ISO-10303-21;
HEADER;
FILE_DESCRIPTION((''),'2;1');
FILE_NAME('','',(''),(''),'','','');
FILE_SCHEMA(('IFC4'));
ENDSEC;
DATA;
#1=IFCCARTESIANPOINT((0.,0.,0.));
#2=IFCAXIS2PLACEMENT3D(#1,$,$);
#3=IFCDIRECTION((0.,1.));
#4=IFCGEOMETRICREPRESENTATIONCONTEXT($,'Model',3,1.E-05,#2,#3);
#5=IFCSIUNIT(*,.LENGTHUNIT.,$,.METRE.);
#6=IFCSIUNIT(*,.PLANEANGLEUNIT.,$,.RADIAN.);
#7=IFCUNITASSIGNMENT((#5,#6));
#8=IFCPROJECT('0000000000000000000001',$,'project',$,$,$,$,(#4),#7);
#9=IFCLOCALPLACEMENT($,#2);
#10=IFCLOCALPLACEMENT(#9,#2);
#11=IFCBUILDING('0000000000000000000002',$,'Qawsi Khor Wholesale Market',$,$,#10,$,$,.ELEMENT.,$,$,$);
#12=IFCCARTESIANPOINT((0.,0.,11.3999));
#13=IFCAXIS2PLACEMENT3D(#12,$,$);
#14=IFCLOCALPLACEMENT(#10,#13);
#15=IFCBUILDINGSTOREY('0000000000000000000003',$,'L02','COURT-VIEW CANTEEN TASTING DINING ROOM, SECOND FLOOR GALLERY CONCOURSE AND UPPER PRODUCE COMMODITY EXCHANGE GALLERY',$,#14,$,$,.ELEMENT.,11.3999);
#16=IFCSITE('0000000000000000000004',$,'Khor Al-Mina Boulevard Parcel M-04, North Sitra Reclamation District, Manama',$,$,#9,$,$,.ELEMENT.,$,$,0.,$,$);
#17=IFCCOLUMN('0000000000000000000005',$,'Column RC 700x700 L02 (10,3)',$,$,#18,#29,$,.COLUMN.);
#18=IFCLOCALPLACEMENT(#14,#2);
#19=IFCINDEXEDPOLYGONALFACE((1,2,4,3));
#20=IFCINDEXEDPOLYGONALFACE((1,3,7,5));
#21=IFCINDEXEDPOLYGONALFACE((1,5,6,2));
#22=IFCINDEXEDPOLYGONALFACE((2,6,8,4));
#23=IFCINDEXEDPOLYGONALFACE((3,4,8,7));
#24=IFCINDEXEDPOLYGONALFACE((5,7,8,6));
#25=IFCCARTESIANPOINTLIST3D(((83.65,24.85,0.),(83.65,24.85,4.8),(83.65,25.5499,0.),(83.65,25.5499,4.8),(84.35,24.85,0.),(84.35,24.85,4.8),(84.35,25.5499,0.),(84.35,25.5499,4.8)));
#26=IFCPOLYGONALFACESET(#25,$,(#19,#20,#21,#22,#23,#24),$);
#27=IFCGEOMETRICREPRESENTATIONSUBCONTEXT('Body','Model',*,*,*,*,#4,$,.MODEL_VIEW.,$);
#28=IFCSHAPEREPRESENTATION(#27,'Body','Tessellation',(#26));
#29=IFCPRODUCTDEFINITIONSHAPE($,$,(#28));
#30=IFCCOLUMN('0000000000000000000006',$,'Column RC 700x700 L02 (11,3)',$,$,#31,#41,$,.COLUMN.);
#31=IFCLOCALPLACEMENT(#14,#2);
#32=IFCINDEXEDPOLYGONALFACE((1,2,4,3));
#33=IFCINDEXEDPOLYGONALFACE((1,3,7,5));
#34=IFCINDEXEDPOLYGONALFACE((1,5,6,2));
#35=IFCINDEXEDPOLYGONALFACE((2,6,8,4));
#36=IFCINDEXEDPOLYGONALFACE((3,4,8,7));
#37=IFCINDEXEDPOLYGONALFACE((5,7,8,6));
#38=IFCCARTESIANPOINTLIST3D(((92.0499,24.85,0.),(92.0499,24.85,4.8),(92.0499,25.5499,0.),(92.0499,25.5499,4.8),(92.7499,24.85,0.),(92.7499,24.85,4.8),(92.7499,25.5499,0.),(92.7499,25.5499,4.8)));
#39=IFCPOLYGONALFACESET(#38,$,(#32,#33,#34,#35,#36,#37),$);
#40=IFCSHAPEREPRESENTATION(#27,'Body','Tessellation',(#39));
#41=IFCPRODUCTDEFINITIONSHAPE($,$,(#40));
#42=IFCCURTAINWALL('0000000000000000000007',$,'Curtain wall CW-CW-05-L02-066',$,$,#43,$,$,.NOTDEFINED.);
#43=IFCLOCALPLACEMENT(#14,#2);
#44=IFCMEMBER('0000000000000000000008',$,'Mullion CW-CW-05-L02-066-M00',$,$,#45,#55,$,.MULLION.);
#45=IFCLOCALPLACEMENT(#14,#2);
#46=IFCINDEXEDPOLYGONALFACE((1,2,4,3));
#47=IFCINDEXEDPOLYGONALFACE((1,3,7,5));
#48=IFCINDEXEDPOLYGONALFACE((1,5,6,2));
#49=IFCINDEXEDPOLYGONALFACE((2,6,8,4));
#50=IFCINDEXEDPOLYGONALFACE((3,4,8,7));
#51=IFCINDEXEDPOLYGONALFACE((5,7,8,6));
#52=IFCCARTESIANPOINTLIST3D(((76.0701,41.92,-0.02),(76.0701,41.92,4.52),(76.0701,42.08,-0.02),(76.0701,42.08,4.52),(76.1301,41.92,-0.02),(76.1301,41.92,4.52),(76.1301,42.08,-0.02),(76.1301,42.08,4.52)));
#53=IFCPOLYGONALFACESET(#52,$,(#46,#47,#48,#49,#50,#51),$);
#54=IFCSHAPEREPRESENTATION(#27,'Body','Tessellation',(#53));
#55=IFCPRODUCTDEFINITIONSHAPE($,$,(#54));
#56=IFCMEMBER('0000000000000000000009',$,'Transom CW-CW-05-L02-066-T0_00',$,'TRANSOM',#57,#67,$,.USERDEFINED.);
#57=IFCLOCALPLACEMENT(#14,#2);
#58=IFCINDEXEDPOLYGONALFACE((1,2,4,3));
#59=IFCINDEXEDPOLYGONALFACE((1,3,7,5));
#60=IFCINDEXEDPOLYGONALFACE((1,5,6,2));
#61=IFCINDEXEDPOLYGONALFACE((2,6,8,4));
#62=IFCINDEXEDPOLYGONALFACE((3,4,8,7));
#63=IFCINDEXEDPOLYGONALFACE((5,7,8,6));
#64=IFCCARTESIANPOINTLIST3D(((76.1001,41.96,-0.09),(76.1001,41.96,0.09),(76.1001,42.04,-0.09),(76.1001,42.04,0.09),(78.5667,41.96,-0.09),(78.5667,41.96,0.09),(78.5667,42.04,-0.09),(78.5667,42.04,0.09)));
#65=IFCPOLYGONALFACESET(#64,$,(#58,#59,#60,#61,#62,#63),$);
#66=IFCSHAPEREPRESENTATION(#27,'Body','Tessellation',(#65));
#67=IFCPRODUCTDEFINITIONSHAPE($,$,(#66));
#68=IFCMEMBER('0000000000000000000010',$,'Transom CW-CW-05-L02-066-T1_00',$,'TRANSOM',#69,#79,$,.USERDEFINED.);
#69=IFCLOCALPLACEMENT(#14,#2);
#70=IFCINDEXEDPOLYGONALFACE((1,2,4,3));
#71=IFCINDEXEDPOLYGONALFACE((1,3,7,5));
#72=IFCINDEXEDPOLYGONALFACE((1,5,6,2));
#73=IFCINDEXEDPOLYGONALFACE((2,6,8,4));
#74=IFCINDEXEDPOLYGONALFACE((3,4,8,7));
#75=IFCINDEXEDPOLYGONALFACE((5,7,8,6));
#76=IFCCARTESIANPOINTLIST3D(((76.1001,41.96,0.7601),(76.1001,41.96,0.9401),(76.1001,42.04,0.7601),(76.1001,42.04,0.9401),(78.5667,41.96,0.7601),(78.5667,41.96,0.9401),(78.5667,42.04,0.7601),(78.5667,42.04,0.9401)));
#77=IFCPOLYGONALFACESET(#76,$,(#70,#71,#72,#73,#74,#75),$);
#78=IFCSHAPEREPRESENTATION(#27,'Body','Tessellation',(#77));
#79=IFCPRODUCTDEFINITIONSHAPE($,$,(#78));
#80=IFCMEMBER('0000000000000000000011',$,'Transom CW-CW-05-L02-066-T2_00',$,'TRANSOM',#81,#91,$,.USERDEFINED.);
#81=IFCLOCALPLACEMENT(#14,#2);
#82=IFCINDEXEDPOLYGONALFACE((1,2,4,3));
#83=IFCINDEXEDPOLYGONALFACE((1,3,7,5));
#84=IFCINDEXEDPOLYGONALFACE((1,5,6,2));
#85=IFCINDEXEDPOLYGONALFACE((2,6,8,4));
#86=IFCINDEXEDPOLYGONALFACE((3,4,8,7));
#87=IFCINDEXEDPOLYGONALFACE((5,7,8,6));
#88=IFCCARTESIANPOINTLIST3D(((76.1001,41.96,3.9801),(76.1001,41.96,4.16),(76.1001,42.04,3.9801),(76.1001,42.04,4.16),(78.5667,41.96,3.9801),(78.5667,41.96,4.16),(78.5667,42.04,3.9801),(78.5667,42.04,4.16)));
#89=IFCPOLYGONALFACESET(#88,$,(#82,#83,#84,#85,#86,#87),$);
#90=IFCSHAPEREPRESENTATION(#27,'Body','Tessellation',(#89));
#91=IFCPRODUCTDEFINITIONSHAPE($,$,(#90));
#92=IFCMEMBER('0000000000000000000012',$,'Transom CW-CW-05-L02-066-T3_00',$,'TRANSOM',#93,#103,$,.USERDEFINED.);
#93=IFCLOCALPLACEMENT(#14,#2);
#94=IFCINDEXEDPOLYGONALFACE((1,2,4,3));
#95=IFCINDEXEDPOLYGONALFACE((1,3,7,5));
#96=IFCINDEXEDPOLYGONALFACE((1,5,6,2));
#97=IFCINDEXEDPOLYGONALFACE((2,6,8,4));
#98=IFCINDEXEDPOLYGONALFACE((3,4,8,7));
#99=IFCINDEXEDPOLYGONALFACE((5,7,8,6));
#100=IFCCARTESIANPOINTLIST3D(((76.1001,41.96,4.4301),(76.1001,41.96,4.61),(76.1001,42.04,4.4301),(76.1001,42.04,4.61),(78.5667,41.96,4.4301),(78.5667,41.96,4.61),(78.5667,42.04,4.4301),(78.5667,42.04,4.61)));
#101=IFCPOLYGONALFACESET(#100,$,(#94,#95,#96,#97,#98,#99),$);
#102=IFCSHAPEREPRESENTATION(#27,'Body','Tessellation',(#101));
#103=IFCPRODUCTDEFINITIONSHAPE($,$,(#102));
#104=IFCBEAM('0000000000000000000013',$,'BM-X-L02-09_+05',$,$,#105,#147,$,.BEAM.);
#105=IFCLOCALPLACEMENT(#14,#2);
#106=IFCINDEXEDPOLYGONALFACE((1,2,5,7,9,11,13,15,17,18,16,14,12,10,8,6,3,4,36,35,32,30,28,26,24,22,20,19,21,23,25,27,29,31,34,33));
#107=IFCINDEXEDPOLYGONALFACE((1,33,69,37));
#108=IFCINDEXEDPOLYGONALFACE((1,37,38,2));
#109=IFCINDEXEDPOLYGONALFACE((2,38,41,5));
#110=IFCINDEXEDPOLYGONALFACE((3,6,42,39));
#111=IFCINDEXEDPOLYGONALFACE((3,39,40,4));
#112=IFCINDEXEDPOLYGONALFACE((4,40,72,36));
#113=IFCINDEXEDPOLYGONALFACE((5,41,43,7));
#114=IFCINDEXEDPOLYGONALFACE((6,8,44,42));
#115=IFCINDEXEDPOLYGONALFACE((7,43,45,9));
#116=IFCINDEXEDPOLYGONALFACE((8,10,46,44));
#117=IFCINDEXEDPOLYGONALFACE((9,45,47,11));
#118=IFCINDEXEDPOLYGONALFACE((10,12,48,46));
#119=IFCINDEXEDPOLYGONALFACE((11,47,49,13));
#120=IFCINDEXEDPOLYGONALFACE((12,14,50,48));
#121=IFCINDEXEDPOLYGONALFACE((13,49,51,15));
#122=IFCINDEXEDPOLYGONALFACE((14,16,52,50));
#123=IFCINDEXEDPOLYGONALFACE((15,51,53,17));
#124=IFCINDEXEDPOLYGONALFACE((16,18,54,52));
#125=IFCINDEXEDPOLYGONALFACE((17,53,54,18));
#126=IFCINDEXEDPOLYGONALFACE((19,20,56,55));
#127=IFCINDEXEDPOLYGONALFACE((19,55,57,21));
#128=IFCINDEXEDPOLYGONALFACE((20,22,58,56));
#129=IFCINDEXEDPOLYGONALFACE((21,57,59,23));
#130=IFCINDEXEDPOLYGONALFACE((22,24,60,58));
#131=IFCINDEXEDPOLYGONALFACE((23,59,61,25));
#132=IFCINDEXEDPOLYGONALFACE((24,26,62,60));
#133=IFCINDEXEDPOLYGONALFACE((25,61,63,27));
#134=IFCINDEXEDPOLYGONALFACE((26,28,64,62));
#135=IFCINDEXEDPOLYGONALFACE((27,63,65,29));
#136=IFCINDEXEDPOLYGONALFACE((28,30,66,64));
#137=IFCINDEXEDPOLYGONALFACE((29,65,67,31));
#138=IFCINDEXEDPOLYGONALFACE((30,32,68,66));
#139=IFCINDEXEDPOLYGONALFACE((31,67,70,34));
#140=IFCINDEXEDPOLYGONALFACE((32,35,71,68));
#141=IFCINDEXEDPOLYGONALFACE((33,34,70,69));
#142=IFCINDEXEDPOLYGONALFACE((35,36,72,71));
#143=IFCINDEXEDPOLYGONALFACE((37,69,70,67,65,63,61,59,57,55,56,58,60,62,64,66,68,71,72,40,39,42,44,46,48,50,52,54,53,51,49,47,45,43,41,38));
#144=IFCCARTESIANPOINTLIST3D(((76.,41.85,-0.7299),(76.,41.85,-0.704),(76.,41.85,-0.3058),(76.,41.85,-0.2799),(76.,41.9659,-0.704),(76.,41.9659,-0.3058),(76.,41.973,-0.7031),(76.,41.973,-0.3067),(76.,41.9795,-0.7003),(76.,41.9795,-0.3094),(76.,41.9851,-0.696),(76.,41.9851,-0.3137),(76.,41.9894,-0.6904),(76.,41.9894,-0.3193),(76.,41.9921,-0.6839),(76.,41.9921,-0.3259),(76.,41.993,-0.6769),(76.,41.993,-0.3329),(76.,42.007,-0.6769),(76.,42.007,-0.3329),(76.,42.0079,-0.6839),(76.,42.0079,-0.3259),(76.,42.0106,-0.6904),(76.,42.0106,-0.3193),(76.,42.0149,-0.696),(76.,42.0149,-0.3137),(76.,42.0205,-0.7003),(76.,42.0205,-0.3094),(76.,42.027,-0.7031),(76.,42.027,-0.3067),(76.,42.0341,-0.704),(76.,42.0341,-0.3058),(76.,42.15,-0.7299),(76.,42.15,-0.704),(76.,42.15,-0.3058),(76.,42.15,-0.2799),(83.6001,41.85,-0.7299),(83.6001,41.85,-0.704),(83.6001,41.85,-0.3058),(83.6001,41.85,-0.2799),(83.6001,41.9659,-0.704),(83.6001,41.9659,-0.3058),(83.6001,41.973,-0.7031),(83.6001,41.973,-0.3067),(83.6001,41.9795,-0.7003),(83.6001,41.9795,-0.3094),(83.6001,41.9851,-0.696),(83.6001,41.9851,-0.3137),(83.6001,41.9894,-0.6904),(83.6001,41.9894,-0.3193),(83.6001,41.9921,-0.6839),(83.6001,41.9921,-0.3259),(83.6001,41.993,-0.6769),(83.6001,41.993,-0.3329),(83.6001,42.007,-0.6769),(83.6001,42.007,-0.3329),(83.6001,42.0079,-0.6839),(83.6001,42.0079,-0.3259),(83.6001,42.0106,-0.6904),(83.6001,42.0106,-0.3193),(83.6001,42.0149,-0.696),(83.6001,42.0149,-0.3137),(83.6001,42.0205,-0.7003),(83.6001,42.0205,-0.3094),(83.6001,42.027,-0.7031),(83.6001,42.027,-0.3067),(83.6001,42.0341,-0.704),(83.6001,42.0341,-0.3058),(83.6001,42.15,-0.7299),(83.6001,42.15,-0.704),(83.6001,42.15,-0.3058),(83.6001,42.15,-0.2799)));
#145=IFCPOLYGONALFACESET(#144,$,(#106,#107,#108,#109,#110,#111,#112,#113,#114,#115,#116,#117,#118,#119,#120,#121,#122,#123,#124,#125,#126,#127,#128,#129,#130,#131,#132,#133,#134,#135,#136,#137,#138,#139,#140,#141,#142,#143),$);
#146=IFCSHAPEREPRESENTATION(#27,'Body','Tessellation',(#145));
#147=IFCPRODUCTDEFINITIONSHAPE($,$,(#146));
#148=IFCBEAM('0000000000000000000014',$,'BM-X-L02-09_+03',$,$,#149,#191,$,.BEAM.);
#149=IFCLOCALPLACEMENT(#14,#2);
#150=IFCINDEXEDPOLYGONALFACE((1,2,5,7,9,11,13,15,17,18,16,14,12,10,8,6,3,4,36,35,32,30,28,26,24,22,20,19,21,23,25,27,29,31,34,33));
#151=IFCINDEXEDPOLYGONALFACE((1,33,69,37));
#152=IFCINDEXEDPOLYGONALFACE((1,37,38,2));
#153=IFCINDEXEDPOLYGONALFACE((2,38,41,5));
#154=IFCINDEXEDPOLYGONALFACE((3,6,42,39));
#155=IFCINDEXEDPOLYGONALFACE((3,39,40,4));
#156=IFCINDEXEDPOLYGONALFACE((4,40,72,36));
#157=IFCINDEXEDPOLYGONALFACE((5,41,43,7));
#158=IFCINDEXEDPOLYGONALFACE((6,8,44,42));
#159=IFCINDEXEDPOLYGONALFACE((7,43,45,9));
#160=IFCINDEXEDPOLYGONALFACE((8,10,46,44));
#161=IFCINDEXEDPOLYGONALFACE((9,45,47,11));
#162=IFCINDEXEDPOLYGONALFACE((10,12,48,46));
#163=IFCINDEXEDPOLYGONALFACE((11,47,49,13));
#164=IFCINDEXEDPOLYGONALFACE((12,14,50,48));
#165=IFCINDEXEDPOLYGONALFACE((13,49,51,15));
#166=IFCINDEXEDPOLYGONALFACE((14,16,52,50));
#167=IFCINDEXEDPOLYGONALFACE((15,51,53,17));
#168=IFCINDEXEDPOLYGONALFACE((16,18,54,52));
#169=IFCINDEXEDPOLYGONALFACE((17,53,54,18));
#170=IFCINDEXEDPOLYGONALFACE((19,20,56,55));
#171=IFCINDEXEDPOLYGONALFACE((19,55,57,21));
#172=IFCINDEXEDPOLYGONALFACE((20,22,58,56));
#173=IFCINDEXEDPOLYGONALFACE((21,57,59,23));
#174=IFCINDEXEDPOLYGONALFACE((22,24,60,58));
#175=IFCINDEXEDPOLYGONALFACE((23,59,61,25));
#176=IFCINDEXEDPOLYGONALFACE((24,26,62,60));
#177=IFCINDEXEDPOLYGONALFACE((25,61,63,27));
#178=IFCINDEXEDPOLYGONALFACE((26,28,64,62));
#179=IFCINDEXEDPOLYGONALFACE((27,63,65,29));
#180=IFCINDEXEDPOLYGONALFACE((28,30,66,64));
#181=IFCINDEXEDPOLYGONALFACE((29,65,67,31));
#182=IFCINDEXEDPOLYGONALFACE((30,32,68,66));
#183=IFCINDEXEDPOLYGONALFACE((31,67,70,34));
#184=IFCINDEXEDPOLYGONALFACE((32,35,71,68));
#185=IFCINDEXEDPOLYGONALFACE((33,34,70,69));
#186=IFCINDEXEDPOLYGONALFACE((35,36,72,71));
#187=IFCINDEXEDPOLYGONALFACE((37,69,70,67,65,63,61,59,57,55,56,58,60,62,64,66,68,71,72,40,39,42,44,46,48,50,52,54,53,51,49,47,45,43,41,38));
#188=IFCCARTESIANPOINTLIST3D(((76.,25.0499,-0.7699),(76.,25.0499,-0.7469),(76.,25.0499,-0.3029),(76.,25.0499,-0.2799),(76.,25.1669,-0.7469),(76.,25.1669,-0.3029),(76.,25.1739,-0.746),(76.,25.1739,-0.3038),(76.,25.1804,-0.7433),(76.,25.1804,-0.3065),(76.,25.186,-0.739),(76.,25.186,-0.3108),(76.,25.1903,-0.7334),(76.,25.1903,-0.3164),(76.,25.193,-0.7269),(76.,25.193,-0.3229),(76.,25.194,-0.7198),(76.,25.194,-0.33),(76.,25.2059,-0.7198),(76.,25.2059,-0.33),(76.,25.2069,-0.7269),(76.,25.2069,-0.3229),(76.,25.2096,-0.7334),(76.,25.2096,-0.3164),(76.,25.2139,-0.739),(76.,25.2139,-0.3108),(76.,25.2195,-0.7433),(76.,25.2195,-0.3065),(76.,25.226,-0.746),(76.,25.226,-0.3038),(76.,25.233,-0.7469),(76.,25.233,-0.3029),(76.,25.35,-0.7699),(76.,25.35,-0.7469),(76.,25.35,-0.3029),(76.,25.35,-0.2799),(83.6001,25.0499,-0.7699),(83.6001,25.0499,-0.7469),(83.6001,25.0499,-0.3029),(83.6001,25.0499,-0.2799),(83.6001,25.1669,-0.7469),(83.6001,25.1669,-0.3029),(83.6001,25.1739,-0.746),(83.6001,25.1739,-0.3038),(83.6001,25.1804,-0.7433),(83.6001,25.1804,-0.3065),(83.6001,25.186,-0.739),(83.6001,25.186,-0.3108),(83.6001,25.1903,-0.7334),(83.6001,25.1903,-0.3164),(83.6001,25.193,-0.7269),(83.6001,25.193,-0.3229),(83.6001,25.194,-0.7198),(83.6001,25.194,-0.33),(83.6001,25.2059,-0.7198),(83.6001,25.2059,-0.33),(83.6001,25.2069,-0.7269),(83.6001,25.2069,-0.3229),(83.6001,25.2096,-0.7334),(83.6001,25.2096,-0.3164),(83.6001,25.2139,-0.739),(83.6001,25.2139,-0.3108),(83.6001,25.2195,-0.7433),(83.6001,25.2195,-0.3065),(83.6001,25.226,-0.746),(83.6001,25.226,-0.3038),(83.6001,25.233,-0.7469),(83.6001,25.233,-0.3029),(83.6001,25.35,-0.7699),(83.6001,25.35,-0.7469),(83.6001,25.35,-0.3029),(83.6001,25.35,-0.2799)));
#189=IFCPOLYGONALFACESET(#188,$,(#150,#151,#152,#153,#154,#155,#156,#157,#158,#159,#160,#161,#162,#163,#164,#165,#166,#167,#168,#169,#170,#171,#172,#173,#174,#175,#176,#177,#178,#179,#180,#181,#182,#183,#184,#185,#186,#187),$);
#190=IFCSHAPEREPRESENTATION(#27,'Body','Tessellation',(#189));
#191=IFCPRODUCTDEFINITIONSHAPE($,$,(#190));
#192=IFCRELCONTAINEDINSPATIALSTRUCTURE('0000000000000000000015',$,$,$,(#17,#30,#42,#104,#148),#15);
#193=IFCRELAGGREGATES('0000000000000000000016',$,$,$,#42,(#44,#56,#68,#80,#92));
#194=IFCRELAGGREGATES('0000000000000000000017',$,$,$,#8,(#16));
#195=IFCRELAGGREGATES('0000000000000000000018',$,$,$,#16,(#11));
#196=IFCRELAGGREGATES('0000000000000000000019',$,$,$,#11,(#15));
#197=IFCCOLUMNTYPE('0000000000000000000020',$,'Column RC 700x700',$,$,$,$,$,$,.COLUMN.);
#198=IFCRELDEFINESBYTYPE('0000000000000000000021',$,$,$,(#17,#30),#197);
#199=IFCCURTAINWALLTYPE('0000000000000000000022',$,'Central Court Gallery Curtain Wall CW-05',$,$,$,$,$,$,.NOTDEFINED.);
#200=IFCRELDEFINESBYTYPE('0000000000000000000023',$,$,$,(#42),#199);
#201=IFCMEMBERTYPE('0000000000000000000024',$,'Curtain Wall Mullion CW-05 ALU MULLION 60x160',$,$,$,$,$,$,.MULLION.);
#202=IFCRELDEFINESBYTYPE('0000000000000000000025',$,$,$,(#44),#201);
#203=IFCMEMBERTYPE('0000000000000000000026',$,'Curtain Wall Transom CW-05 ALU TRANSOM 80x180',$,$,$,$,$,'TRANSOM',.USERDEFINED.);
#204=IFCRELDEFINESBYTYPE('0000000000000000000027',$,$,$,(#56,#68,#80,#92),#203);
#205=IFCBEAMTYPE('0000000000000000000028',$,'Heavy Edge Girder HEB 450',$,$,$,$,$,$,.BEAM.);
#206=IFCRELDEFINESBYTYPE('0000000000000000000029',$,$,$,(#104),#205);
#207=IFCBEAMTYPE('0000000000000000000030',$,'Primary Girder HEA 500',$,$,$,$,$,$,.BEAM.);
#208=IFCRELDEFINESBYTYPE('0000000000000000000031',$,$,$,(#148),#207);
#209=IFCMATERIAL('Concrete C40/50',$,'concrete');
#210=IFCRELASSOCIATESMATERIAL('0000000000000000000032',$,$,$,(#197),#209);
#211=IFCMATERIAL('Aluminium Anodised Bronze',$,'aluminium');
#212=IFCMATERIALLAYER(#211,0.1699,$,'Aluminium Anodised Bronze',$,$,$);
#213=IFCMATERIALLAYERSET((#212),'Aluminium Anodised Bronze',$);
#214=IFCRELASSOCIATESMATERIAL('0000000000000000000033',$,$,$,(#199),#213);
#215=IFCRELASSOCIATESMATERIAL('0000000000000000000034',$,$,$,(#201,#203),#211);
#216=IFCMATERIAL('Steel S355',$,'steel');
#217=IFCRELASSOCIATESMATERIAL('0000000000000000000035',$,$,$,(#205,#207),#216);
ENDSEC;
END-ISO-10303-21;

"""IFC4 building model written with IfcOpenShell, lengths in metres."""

from ifc_helpers import new_model, si_unit, direction, frame, origin, origin_2d, place, context, subcontext, project, spatial, rectangle, i_section, extrude, material, layer, layer_set, material_profile, profile_set, type_object, element, aggregate, save


model = new_model("IFC4")

# Units and contexts
model_context = context("Model", 3, precision=1e-05, world=origin(), true_north=direction((0.0, 1.0)))
body_context = subcontext(model_context, "Body", "Model", "MODEL_VIEW")
ifc_project = project(units=[si_unit("LENGTHUNIT", "METRE"), si_unit("PLANEANGLEUNIT", "RADIAN")], contexts=[model_context])

# Site, building, storey
site_placement = place(None, origin())
site = spatial("IfcSite", under=ifc_project, at=site_placement, Name="Khor Al-Mina Boulevard Parcel M-04, North Sitra Reclamation District, Manama", CompositionType="ELEMENT", RefElevation=0.0)
building_placement = place(site_placement, origin())
building = spatial("IfcBuilding", under=site, at=building_placement, Name="Qawsi Khor Wholesale Market", CompositionType="ELEMENT")
storey_placement = place(building_placement, frame((0.0, 0.0, 11.3999)))
storey = spatial("IfcBuildingStorey", under=building, at=storey_placement, Name="L02", Description="COURT-VIEW CANTEEN TASTING DINING ROOM, SECOND FLOOR GALLERY CONCOURSE AND UPPER PRODUCE COMMODITY EXCHANGE GALLERY", CompositionType="ELEMENT", Elevation=11.3999)

# Columns
ifc_material_1 = material(Name="Concrete C40/50", Category="concrete")
ifc_material_profile_1 = material_profile(ifc_material_1, rectangle(XDim=0.7, YDim=0.7, at=origin_2d()), Name="RC 700x700")
ifc_profile_set_1 = profile_set([ifc_material_profile_1], Name="Concrete C40/50")
column_type = type_object("IfcColumnType", Name="Column RC 700x700", PredefinedType="COLUMN", material=ifc_profile_set_1)
for number, where, z_axis, x_axis, name in (
    (1, (84.0, 25.2, 0.0), (0.0, 0.0, 1.0), (1.0, 0.0, 0.0), "Column RC 700x700 L02 (10,3)"),
    (2, (92.3999, 25.2, 0.0), (0.0, 0.0, 1.0), (1.0, 0.0, 0.0), "Column RC 700x700 L02 (11,3)"),
):
    element("IfcColumn", number, at=place(storey_placement, frame(where, z_axis=z_axis, x_axis=x_axis)), inside=storey, type_object=column_type, Name=name, PredefinedType="COLUMN", context=body_context, shape_type="SweptSolid", body=[
        extrude(rectangle(XDim=0.7, YDim=0.7, at=origin_2d()), origin(), (0.0, 0.0, 1.0), 4.8),
    ])

# Curtain wall, members
ifc_material_2 = material(Name="Aluminium Anodised Bronze", Category="aluminium")
ifc_layer_1 = layer(ifc_material_2, 0.1699, Name="Aluminium Anodised Bronze")
ifc_layer_set_1 = layer_set([ifc_layer_1], Name="Aluminium Anodised Bronze")
curtain_wall_type = type_object("IfcCurtainWallType", Name="Central Court Gallery Curtain Wall CW-05", PredefinedType="NOTDEFINED", material=ifc_layer_set_1)
curtain_wall_placement = place(storey_placement, origin())
curtain_wall = element("IfcCurtainWall", 3, at=curtain_wall_placement, inside=storey, type_object=curtain_wall_type, Name="Curtain wall CW-CW-05-L02-066", PredefinedType="NOTDEFINED")
ifc_material_profile_2 = material_profile(ifc_material_2, rectangle(XDim=0.0601, YDim=0.1599, at=origin_2d()), Name="ALU MULLION 60x160")
ifc_profile_set_2 = profile_set([ifc_material_profile_2], Name="Aluminium Anodised Bronze")
member_type_1 = type_object("IfcMemberType", Name="Curtain Wall Mullion CW-05 ALU MULLION 60x160", PredefinedType="MULLION", material=ifc_profile_set_2)
member_1_placement = place(storey_placement, frame((76.1001, 42.0, -0.02), z_axis=(0.0, 0.0, 1.0), x_axis=(1.0, 0.0, 0.0)))
member_1 = element("IfcMember", 4, at=member_1_placement, type_object=member_type_1, Name="Mullion CW-CW-05-L02-066-M00", PredefinedType="MULLION", context=body_context, shape_type="SweptSolid", body=[
    extrude(rectangle(XDim=0.0601, YDim=0.1599, at=origin_2d()), origin(), (0.0, 0.0, 1.0), 4.54),
])
ifc_material_profile_3 = material_profile(ifc_material_2, rectangle(XDim=0.0801, YDim=0.1799, at=origin_2d()), Name="ALU TRANSOM 80x180")
ifc_profile_set_3 = profile_set([ifc_material_profile_3], Name="Aluminium Anodised Bronze")
member_type_2 = type_object("IfcMemberType", Name="Curtain Wall Transom CW-05 ALU TRANSOM 80x180", ElementType="TRANSOM", PredefinedType="USERDEFINED", material=ifc_profile_set_3)
member_2_placement = place(storey_placement, frame((76.1001, 42.0, 0.0), z_axis=(1.0, 0.0, 0.0), x_axis=(0.0, 1.0, 0.0)))
member_2 = element("IfcMember", 5, at=member_2_placement, type_object=member_type_2, Name="Transom CW-CW-05-L02-066-T0_00", ObjectType="TRANSOM", PredefinedType="USERDEFINED", context=body_context, shape_type="SweptSolid", body=[
    extrude(rectangle(XDim=0.0801, YDim=0.1799, at=origin_2d()), origin(), (0.0, 0.0, 1.0), 2.4666),
])
member_3_placement = place(storey_placement, frame((76.1001, 42.0, 0.8501), z_axis=(1.0, 0.0, 0.0), x_axis=(0.0, 1.0, 0.0)))
member_3 = element("IfcMember", 6, at=member_3_placement, type_object=member_type_2, Name="Transom CW-CW-05-L02-066-T1_00", ObjectType="TRANSOM", PredefinedType="USERDEFINED", context=body_context, shape_type="SweptSolid", body=[
    extrude(rectangle(XDim=0.0801, YDim=0.1799, at=origin_2d()), origin(), (0.0, 0.0, 1.0), 2.4666),
])
member_4_placement = place(storey_placement, frame((76.1001, 42.0, 4.0701), z_axis=(1.0, 0.0, 0.0), x_axis=(0.0, 1.0, 0.0)))
member_4 = element("IfcMember", 7, at=member_4_placement, type_object=member_type_2, Name="Transom CW-CW-05-L02-066-T2_00", ObjectType="TRANSOM", PredefinedType="USERDEFINED", context=body_context, shape_type="SweptSolid", body=[
    extrude(rectangle(XDim=0.0801, YDim=0.1799, at=origin_2d()), origin(), (0.0, 0.0, 1.0), 2.4666),
])
member_5_placement = place(storey_placement, frame((76.1001, 42.0, 4.52), z_axis=(1.0, 0.0, 0.0), x_axis=(0.0, 1.0, 0.0)))
member_5 = element("IfcMember", 8, at=member_5_placement, type_object=member_type_2, Name="Transom CW-CW-05-L02-066-T3_00", ObjectType="TRANSOM", PredefinedType="USERDEFINED", context=body_context, shape_type="SweptSolid", body=[
    extrude(rectangle(XDim=0.0801, YDim=0.1799, at=origin_2d()), origin(), (0.0, 0.0, 1.0), 2.4666),
])

# Beams
ifc_material_3 = material(Name="Steel S355", Category="steel")
ifc_material_profile_4 = material_profile(ifc_material_3, i_section(OverallWidth=0.3, OverallDepth=0.45, WebThickness=0.0139, FlangeThickness=0.0259, FilletRadius=0.0271, at=origin_2d()), Name="HEB 450")
ifc_profile_set_4 = profile_set([ifc_material_profile_4], Name="Steel S355")
beam_type_1 = type_object("IfcBeamType", Name="Heavy Edge Girder HEB 450", PredefinedType="BEAM", material=ifc_profile_set_4)
beam_1_placement = place(storey_placement, frame((76.0, 42.0, -0.5049), z_axis=(1.0, 0.0, 0.0), x_axis=(0.0, 1.0, 0.0)))
element("IfcBeam", 9, at=beam_1_placement, inside=storey, type_object=beam_type_1, Name="BM-X-L02-09_+05", PredefinedType="BEAM", context=body_context, shape_type="SweptSolid", body=[
    extrude(i_section(OverallWidth=0.3, OverallDepth=0.45, WebThickness=0.0139, FlangeThickness=0.0259, FilletRadius=0.0271, at=origin_2d()), origin(), (0.0, 0.0, 1.0), 7.6001),
])
ifc_material_profile_5 = material_profile(ifc_material_3, i_section(OverallWidth=0.3, OverallDepth=0.49, WebThickness=0.012, FlangeThickness=0.0229, FilletRadius=0.0271, at=origin_2d()), Name="HEA 500")
ifc_profile_set_5 = profile_set([ifc_material_profile_5], Name="Steel S355")
beam_type_2 = type_object("IfcBeamType", Name="Primary Girder HEA 500", PredefinedType="BEAM", material=ifc_profile_set_5)
for number, where, z_axis, x_axis, name in (
    (10, (76.0, 25.2, -0.5249), (1.0, 0.0, 0.0), (0.0, 1.0, 0.0), "BM-X-L02-09_+03"),
):
    element("IfcBeam", number, at=place(storey_placement, frame(where, z_axis=z_axis, x_axis=x_axis)), inside=storey, type_object=beam_type_2, Name=name, PredefinedType="BEAM", context=body_context, shape_type="SweptSolid", body=[
        extrude(i_section(OverallWidth=0.3, OverallDepth=0.49, WebThickness=0.012, FlangeThickness=0.0229, FilletRadius=0.0271, at=origin_2d()), origin(), (0.0, 0.0, 1.0), 7.6001),
    ])

aggregate(curtain_wall, [member_1, member_2, member_3, member_4, member_5])

save(model, "model.ifc")
